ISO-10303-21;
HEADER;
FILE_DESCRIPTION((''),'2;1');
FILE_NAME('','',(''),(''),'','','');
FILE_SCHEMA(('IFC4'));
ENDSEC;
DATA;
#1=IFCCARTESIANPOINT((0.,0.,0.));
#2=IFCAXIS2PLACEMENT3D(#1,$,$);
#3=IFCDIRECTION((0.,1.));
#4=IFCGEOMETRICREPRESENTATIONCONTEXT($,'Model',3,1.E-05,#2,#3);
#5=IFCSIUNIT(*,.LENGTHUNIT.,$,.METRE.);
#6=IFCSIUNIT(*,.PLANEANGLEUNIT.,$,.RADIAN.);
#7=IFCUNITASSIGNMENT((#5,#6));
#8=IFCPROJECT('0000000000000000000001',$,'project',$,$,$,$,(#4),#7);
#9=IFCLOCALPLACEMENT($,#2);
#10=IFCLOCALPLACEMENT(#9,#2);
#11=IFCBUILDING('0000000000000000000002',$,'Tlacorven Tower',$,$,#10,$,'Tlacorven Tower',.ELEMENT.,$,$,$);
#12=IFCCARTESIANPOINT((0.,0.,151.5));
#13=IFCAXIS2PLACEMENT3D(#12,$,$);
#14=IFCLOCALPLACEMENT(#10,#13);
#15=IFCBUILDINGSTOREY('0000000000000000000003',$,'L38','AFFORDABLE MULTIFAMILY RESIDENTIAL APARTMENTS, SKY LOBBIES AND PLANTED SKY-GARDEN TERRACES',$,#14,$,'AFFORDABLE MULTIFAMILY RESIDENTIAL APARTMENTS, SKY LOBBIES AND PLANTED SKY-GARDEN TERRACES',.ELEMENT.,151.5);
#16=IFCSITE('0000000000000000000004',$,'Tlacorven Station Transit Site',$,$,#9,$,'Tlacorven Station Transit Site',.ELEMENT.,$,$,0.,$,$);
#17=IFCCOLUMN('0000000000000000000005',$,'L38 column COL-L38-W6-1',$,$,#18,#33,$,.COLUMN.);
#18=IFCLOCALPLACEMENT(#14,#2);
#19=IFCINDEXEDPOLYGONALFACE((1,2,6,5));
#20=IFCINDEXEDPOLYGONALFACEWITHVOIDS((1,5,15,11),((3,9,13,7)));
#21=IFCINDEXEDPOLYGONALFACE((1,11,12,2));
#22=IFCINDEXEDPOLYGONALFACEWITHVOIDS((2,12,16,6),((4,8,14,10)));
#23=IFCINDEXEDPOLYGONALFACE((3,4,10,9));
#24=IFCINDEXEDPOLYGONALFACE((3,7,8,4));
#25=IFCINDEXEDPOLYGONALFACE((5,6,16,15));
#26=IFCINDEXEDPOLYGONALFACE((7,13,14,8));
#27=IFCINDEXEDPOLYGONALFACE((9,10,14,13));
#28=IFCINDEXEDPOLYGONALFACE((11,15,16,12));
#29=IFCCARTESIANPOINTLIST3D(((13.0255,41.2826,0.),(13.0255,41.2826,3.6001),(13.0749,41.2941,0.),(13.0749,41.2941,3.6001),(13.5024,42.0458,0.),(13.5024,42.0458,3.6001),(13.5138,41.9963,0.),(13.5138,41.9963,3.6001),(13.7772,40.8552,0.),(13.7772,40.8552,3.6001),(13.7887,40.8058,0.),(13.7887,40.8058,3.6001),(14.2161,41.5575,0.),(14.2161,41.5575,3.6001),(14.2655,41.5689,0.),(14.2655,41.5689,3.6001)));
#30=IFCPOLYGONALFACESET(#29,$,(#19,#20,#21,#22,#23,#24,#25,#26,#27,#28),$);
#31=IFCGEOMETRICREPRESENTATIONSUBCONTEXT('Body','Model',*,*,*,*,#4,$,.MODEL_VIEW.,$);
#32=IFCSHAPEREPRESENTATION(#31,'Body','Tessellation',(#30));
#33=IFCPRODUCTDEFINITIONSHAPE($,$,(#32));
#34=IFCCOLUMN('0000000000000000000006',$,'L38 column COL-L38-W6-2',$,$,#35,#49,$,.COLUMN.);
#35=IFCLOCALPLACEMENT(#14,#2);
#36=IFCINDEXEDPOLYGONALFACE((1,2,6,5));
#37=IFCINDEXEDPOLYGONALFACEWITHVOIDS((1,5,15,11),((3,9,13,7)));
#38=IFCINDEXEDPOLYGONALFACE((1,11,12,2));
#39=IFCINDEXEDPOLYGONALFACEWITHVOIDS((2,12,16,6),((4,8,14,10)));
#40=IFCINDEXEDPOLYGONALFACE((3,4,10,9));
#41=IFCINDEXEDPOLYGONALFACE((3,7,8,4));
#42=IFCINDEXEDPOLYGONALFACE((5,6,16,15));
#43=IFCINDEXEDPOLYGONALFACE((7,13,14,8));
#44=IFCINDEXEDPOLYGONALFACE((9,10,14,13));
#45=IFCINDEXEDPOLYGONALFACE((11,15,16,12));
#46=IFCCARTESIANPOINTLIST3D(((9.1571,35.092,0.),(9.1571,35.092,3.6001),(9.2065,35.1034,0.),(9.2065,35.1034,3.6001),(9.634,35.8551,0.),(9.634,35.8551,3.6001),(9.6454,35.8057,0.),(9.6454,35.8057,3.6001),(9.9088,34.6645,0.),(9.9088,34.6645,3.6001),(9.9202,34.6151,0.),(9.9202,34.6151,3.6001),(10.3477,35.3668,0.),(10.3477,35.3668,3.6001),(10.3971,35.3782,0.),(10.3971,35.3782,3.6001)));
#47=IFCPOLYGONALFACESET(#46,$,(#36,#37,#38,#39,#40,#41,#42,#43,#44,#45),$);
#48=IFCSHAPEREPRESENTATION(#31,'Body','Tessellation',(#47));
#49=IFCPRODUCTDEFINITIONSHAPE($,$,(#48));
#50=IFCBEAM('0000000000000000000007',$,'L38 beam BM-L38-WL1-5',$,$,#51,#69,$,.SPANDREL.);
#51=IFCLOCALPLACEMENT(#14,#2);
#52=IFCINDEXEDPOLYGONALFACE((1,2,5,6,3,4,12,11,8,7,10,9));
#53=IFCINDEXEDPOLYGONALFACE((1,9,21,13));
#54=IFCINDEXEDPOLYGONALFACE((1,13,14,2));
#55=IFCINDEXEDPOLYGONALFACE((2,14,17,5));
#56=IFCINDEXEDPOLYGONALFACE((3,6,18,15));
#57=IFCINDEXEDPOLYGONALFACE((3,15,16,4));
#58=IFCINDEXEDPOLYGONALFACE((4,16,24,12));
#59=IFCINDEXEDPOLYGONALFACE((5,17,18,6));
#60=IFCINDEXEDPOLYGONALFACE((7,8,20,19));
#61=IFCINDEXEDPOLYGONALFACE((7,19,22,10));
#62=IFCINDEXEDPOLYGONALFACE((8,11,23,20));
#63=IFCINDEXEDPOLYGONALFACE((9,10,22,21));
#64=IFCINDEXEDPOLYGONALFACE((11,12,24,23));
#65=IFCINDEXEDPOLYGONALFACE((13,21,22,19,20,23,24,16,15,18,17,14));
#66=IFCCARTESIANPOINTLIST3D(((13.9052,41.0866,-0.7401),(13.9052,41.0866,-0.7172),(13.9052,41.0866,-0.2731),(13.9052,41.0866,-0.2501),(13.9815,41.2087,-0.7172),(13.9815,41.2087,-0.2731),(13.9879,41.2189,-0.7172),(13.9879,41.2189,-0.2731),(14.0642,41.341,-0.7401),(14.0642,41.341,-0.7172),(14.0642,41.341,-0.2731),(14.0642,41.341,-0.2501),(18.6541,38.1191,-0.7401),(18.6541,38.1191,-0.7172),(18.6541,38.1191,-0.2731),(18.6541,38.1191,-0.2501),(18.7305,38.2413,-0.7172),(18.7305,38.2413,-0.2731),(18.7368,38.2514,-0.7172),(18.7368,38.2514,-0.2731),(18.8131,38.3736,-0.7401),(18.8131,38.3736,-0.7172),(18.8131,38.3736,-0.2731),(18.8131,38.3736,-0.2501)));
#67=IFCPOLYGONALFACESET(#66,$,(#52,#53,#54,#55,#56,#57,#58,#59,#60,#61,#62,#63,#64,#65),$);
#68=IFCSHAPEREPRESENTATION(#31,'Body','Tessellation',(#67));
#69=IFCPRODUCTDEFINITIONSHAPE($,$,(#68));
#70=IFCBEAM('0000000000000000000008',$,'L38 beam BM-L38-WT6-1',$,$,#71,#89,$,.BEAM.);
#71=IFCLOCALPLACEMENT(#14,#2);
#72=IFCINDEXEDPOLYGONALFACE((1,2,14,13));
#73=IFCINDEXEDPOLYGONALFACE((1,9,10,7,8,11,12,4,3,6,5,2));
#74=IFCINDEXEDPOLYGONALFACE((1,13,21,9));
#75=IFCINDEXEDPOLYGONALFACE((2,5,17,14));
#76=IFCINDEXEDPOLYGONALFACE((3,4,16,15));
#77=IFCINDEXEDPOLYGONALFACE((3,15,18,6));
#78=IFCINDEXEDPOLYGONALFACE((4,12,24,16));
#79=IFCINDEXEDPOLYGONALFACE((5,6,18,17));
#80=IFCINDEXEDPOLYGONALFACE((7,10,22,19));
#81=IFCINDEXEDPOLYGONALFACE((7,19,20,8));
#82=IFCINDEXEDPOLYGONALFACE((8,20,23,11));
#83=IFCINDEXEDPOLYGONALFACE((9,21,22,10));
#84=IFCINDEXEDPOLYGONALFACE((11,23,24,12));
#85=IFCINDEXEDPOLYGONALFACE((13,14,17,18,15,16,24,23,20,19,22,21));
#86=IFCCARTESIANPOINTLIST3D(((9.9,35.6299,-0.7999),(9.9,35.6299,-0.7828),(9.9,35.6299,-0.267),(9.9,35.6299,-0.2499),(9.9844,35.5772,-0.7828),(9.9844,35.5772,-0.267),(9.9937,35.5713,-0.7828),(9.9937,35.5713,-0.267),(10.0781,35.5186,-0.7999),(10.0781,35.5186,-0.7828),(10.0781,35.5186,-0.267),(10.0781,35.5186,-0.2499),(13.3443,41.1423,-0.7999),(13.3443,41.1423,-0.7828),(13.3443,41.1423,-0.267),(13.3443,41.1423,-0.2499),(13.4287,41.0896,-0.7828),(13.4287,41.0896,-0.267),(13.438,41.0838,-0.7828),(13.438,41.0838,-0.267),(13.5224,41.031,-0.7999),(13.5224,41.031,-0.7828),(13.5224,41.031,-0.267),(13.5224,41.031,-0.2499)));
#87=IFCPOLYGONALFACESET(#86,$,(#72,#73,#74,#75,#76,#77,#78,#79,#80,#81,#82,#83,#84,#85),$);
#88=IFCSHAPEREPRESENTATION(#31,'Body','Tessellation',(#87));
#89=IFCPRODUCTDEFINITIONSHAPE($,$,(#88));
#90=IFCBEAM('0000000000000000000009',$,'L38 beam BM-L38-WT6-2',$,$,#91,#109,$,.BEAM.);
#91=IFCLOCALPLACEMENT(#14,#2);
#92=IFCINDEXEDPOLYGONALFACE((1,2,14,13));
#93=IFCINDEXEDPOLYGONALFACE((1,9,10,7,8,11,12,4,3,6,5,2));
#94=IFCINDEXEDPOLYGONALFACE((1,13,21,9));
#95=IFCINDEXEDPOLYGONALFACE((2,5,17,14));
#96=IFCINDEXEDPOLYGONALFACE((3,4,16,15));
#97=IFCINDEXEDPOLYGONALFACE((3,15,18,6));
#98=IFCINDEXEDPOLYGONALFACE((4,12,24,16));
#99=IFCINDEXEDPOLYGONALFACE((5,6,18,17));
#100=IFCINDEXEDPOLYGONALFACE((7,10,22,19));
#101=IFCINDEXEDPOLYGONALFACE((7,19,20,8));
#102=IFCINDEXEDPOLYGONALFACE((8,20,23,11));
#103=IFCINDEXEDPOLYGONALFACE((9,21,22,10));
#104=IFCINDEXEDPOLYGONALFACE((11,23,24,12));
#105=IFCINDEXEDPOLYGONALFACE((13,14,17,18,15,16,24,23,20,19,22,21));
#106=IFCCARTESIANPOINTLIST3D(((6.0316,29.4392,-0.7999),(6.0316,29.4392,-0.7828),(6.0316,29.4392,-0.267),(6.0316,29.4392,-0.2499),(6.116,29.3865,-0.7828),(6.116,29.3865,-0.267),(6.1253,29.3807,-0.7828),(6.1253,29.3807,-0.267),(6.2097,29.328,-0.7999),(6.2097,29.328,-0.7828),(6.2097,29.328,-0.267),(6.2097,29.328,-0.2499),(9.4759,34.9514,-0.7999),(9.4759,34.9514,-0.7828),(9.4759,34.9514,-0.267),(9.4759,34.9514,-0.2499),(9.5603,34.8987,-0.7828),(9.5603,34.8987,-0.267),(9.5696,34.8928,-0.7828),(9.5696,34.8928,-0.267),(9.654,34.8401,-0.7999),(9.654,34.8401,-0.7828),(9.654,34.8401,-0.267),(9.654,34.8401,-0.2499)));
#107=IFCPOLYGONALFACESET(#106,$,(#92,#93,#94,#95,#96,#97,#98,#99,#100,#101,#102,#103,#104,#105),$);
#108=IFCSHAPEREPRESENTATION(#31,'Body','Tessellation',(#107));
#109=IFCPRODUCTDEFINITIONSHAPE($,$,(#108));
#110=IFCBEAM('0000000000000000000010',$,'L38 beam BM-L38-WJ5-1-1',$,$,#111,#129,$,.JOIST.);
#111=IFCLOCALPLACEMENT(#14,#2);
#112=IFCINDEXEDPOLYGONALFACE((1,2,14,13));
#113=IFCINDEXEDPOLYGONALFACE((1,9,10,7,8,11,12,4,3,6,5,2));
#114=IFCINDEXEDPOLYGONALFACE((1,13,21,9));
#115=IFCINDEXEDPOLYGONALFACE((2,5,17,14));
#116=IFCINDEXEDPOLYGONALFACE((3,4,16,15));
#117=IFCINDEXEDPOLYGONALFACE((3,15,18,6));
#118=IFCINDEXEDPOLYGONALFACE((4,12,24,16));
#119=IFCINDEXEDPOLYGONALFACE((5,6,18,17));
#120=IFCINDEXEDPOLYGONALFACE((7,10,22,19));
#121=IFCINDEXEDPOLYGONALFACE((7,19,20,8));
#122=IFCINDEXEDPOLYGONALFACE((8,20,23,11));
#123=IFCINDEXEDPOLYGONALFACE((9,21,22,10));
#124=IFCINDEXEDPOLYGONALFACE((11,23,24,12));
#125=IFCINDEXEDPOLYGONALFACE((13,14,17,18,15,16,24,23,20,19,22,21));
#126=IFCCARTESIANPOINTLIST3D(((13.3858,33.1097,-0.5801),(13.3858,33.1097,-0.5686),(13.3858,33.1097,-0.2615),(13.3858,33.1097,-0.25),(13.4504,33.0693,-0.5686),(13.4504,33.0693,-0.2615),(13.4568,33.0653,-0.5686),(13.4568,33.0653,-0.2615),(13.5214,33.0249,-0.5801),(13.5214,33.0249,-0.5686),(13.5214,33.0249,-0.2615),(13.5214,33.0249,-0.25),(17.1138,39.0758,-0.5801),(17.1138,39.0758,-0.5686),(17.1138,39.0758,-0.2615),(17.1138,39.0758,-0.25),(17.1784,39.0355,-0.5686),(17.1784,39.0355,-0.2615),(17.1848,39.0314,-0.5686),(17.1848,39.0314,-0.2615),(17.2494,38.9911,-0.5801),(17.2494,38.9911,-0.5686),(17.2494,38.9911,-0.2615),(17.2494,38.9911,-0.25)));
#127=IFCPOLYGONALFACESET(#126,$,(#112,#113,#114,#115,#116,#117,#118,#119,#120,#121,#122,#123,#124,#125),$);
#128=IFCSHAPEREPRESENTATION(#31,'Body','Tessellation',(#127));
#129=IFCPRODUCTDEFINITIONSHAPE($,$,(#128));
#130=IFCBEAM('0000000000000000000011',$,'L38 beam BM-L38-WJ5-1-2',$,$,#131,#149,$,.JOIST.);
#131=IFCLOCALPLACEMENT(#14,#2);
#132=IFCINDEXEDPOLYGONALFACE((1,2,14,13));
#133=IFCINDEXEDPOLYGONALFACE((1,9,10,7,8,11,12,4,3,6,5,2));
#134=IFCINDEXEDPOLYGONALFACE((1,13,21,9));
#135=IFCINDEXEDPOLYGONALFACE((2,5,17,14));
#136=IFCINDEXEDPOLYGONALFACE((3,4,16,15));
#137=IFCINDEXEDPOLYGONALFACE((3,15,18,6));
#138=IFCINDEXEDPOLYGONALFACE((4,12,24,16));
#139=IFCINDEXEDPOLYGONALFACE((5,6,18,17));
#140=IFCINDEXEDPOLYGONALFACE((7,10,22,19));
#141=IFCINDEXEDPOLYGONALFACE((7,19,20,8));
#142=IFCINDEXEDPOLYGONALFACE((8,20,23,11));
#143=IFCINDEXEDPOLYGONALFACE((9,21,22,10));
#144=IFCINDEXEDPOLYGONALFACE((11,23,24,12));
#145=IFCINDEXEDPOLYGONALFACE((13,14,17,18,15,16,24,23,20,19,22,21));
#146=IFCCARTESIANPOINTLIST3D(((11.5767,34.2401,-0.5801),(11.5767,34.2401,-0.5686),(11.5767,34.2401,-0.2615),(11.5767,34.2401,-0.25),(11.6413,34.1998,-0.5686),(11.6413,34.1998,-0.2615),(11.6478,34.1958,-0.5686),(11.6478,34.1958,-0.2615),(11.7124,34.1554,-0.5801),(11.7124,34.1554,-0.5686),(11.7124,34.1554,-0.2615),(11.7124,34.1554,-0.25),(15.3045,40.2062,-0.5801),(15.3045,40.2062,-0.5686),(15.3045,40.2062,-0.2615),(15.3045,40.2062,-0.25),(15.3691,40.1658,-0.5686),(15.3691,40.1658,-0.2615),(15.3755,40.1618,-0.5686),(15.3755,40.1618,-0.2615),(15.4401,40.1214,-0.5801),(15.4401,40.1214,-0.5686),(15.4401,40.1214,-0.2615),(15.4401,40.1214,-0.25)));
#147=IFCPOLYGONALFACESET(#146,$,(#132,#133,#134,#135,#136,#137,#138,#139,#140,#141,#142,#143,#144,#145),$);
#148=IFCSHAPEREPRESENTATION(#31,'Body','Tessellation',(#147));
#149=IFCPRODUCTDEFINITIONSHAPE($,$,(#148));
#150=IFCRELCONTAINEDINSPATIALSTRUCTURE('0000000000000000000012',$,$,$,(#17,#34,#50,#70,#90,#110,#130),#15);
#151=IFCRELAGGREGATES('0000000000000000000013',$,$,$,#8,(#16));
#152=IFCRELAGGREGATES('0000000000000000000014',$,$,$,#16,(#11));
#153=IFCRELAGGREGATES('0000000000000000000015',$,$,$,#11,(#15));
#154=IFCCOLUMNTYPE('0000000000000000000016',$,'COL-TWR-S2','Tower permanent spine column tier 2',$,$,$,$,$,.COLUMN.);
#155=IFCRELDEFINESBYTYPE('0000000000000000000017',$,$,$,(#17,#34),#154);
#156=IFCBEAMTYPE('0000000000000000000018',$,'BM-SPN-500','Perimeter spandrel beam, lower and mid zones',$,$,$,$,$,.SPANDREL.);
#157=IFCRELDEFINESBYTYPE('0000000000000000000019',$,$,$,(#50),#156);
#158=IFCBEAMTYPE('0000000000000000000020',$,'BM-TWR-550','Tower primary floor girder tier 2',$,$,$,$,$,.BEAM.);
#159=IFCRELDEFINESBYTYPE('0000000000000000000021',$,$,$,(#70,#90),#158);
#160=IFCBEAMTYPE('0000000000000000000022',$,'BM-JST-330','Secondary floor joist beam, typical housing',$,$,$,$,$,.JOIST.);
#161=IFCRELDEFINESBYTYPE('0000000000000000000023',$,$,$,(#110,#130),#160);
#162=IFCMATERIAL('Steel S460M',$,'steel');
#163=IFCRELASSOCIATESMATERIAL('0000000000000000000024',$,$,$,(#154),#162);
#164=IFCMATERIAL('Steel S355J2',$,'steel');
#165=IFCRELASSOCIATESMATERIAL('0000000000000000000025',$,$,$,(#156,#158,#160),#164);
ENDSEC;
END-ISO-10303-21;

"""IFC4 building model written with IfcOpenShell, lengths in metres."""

from ifc_helpers import new_model, si_unit, direction, frame, origin, origin_2d, place, context, subcontext, project, spatial, hollow_rectangle, i_section, extrude, source, transform, mapped, material, material_profile, profile_set, type_object, element, save


model = new_model("IFC4")

# Units and contexts
model_context = context("Model", 3, precision=1e-05, world=origin(), true_north=direction((0.0, 1.0)))
body_context = subcontext(model_context, "Body", "Model", "MODEL_VIEW")
ifc_project = project(units=[si_unit("LENGTHUNIT", "METRE"), si_unit("PLANEANGLEUNIT", "RADIAN")], contexts=[model_context])

# Site, building, storey
site_placement = place(None, origin())
site = spatial("IfcSite", under=ifc_project, at=site_placement, Name="Tlacorven Station Transit Site", LongName="Tlacorven Station Transit Site", CompositionType="ELEMENT", RefElevation=0.0)
building_placement = place(site_placement, origin())
building = spatial("IfcBuilding", under=site, at=building_placement, Name="Tlacorven Tower", LongName="Tlacorven Tower", CompositionType="ELEMENT")
storey_placement = place(building_placement, frame((0.0, 0.0, 151.5)))
storey = spatial("IfcBuildingStorey", under=building, at=storey_placement, Name="L38", Description="AFFORDABLE MULTIFAMILY RESIDENTIAL APARTMENTS, SKY LOBBIES AND PLANTED SKY-GARDEN TERRACES", LongName="AFFORDABLE MULTIFAMILY RESIDENTIAL APARTMENTS, SKY LOBBIES AND PLANTED SKY-GARDEN TERRACES", CompositionType="ELEMENT", Elevation=151.5)

# Columns
ifc_material_1 = material(Name="Steel S460M", Category="steel")
ifc_material_profile_1 = material_profile(ifc_material_1, hollow_rectangle(XDim=0.8999, YDim=0.8999, WallThickness=0.0359, at=origin_2d()), Name="BOX 900X900X36")
ifc_profile_set_1 = profile_set([ifc_material_profile_1], Name="Steel S460M")
column_type = type_object("IfcColumnType", Name="COL-TWR-S2", Description="Tower permanent spine column tier 2", PredefinedType="COLUMN", material=ifc_profile_set_1)
shared_shape_1 = source(origin(), body_context, "Body", "SweptSolid", [
    extrude(hollow_rectangle(XDim=0.8999, YDim=0.8999, WallThickness=0.0359, at=origin_2d()), origin(), (0.0, 0.0, 1.0), 3.6001),
])
for number, where, z_axis, x_axis, name in (
    (1, (13.6455, 41.4258, 0.0), (0.0, 0.0, 1.0), (-0.848048, 0.529919, 0.0), "L38 column COL-L38-W6-1"),
    (2, (9.7771, 35.2351, 0.0), (0.0, 0.0, 1.0), (-0.848048, 0.529919, 0.0), "L38 column COL-L38-W6-2"),
):
    element("IfcColumn", number, at=place(storey_placement, frame(where, z_axis=z_axis, x_axis=x_axis)), inside=storey, type_object=column_type, Name=name, PredefinedType="COLUMN", context=body_context, shape_type="MappedRepresentation", body=[
        mapped(shared_shape_1, transform((0.0, 0.0, 0.0), scale=1.0)),
    ])

# Beams
ifc_material_2 = material(Name="Steel S355J2", Category="steel")
ifc_material_profile_2 = material_profile(ifc_material_2, i_section(OverallWidth=0.3, OverallDepth=0.49, WebThickness=0.012, FlangeThickness=0.0229, at=origin_2d()), Name="HEA 500")
ifc_profile_set_2 = profile_set([ifc_material_profile_2], Name="Steel S355J2")
beam_type_1 = type_object("IfcBeamType", Name="BM-SPN-500", Description="Perimeter spandrel beam, lower and mid zones", PredefinedType="SPANDREL", material=ifc_profile_set_2)
shared_shape_2 = source(origin(), body_context, "Body", "SweptSolid", [
    extrude(i_section(OverallWidth=0.3, OverallDepth=0.49, WebThickness=0.012, FlangeThickness=0.0229, at=origin_2d()), origin(), (0.0, 0.0, 1.0), 5.5999),
])
beam_1_placement = place(storey_placement, frame((18.7336, 38.2463, -0.4951), z_axis=(-0.848047, 0.529921, 0.0), x_axis=(-0.529921, -0.848047, 0.0)))
element("IfcBeam", 3, at=beam_1_placement, inside=storey, type_object=beam_type_1, Name="L38 beam BM-L38-WL1-5", PredefinedType="SPANDREL", context=body_context, shape_type="MappedRepresentation", body=[
    mapped(shared_shape_2, transform((0.0, 0.0, 0.0), scale=1.0)),
])
ifc_material_profile_3 = material_profile(ifc_material_2, i_section(OverallWidth=0.21, OverallDepth=0.55, WebThickness=0.011, FlangeThickness=0.0171, at=origin_2d()), Name="IPE 550")
ifc_profile_set_3 = profile_set([ifc_material_profile_3], Name="Steel S355J2")
beam_type_2 = type_object("IfcBeamType", Name="BM-TWR-550", Description="Tower primary floor girder tier 2", PredefinedType="BEAM", material=ifc_profile_set_3)
shared_shape_3 = source(origin(), body_context, "Body", "SweptSolid", [
    extrude(i_section(OverallWidth=0.21, OverallDepth=0.55, WebThickness=0.011, FlangeThickness=0.0171, at=origin_2d()), origin(), (0.0, 0.0, 1.0), 6.5),
])
beam_2_placement = place(storey_placement, frame((13.4333, 41.0867, -0.5249), z_axis=(-0.529894, -0.848064, 0.0), x_axis=(0.848064, -0.529894, 0.0)))
element("IfcBeam", 4, at=beam_2_placement, inside=storey, type_object=beam_type_2, Name="L38 beam BM-L38-WT6-1", PredefinedType="BEAM", context=body_context, shape_type="MappedRepresentation", body=[
    mapped(shared_shape_3, transform((0.0, 0.0, 0.0), scale=1.0)),
])
shared_shape_4 = source(origin(), body_context, "Body", "SweptSolid", [
    extrude(i_section(OverallWidth=0.21, OverallDepth=0.55, WebThickness=0.011, FlangeThickness=0.0171, at=origin_2d()), origin(), (0.0, 0.0, 1.0), 6.4998),
])
beam_3_placement = place(storey_placement, frame((9.5649, 34.8958, -0.5249), z_axis=(-0.529911, -0.848053, 0.0), x_axis=(0.848053, -0.529911, 0.0)))
element("IfcBeam", 5, at=beam_3_placement, inside=storey, type_object=beam_type_2, Name="L38 beam BM-L38-WT6-2", PredefinedType="BEAM", context=body_context, shape_type="MappedRepresentation", body=[
    mapped(shared_shape_4, transform((0.0, 0.0, 0.0), scale=1.0)),
])
ifc_material_profile_4 = material_profile(ifc_material_2, i_section(OverallWidth=0.1599, OverallDepth=0.3301, WebThickness=0.0076, FlangeThickness=0.0115, at=origin_2d()), Name="IPE 330")
ifc_profile_set_4 = profile_set([ifc_material_profile_4], Name="Steel S355J2")
beam_type_3 = type_object("IfcBeamType", Name="BM-JST-330", Description="Secondary floor joist beam, typical housing", PredefinedType="JOIST", material=ifc_profile_set_4)
shared_shape_5 = source(origin(), body_context, "Body", "SweptSolid", [
    extrude(i_section(OverallWidth=0.1599, OverallDepth=0.3301, WebThickness=0.0076, FlangeThickness=0.0115, at=origin_2d()), origin(), (0.0, 0.0, 1.0), 7.0352),
])
beam_4_placement = place(storey_placement, frame((17.1816, 39.0334, -0.415), z_axis=(-0.529921, -0.848047, 0.0), x_axis=(0.848047, -0.529921, 0.0)))
element("IfcBeam", 6, at=beam_4_placement, inside=storey, type_object=beam_type_3, Name="L38 beam BM-L38-WJ5-1-1", PredefinedType="JOIST", context=body_context, shape_type="MappedRepresentation", body=[
    mapped(shared_shape_5, transform((0.0, 0.0, 0.0), scale=1.0)),
])
shared_shape_6 = source(origin(), body_context, "Body", "SweptSolid", [
    extrude(i_section(OverallWidth=0.1599, OverallDepth=0.3301, WebThickness=0.0076, FlangeThickness=0.0115, at=origin_2d()), origin(), (0.0, 0.0, 1.0), 7.0349),
])
beam_5_placement = place(storey_placement, frame((15.3723, 40.1638, -0.415), z_axis=(-0.529896, -0.848063, 0.0), x_axis=(0.848063, -0.529896, 0.0)))
element("IfcBeam", 7, at=beam_5_placement, inside=storey, type_object=beam_type_3, Name="L38 beam BM-L38-WJ5-1-2", PredefinedType="JOIST", context=body_context, shape_type="MappedRepresentation", body=[
    mapped(shared_shape_6, transform((0.0, 0.0, 0.0), scale=1.0)),
])

save(model, "model.ifc")
